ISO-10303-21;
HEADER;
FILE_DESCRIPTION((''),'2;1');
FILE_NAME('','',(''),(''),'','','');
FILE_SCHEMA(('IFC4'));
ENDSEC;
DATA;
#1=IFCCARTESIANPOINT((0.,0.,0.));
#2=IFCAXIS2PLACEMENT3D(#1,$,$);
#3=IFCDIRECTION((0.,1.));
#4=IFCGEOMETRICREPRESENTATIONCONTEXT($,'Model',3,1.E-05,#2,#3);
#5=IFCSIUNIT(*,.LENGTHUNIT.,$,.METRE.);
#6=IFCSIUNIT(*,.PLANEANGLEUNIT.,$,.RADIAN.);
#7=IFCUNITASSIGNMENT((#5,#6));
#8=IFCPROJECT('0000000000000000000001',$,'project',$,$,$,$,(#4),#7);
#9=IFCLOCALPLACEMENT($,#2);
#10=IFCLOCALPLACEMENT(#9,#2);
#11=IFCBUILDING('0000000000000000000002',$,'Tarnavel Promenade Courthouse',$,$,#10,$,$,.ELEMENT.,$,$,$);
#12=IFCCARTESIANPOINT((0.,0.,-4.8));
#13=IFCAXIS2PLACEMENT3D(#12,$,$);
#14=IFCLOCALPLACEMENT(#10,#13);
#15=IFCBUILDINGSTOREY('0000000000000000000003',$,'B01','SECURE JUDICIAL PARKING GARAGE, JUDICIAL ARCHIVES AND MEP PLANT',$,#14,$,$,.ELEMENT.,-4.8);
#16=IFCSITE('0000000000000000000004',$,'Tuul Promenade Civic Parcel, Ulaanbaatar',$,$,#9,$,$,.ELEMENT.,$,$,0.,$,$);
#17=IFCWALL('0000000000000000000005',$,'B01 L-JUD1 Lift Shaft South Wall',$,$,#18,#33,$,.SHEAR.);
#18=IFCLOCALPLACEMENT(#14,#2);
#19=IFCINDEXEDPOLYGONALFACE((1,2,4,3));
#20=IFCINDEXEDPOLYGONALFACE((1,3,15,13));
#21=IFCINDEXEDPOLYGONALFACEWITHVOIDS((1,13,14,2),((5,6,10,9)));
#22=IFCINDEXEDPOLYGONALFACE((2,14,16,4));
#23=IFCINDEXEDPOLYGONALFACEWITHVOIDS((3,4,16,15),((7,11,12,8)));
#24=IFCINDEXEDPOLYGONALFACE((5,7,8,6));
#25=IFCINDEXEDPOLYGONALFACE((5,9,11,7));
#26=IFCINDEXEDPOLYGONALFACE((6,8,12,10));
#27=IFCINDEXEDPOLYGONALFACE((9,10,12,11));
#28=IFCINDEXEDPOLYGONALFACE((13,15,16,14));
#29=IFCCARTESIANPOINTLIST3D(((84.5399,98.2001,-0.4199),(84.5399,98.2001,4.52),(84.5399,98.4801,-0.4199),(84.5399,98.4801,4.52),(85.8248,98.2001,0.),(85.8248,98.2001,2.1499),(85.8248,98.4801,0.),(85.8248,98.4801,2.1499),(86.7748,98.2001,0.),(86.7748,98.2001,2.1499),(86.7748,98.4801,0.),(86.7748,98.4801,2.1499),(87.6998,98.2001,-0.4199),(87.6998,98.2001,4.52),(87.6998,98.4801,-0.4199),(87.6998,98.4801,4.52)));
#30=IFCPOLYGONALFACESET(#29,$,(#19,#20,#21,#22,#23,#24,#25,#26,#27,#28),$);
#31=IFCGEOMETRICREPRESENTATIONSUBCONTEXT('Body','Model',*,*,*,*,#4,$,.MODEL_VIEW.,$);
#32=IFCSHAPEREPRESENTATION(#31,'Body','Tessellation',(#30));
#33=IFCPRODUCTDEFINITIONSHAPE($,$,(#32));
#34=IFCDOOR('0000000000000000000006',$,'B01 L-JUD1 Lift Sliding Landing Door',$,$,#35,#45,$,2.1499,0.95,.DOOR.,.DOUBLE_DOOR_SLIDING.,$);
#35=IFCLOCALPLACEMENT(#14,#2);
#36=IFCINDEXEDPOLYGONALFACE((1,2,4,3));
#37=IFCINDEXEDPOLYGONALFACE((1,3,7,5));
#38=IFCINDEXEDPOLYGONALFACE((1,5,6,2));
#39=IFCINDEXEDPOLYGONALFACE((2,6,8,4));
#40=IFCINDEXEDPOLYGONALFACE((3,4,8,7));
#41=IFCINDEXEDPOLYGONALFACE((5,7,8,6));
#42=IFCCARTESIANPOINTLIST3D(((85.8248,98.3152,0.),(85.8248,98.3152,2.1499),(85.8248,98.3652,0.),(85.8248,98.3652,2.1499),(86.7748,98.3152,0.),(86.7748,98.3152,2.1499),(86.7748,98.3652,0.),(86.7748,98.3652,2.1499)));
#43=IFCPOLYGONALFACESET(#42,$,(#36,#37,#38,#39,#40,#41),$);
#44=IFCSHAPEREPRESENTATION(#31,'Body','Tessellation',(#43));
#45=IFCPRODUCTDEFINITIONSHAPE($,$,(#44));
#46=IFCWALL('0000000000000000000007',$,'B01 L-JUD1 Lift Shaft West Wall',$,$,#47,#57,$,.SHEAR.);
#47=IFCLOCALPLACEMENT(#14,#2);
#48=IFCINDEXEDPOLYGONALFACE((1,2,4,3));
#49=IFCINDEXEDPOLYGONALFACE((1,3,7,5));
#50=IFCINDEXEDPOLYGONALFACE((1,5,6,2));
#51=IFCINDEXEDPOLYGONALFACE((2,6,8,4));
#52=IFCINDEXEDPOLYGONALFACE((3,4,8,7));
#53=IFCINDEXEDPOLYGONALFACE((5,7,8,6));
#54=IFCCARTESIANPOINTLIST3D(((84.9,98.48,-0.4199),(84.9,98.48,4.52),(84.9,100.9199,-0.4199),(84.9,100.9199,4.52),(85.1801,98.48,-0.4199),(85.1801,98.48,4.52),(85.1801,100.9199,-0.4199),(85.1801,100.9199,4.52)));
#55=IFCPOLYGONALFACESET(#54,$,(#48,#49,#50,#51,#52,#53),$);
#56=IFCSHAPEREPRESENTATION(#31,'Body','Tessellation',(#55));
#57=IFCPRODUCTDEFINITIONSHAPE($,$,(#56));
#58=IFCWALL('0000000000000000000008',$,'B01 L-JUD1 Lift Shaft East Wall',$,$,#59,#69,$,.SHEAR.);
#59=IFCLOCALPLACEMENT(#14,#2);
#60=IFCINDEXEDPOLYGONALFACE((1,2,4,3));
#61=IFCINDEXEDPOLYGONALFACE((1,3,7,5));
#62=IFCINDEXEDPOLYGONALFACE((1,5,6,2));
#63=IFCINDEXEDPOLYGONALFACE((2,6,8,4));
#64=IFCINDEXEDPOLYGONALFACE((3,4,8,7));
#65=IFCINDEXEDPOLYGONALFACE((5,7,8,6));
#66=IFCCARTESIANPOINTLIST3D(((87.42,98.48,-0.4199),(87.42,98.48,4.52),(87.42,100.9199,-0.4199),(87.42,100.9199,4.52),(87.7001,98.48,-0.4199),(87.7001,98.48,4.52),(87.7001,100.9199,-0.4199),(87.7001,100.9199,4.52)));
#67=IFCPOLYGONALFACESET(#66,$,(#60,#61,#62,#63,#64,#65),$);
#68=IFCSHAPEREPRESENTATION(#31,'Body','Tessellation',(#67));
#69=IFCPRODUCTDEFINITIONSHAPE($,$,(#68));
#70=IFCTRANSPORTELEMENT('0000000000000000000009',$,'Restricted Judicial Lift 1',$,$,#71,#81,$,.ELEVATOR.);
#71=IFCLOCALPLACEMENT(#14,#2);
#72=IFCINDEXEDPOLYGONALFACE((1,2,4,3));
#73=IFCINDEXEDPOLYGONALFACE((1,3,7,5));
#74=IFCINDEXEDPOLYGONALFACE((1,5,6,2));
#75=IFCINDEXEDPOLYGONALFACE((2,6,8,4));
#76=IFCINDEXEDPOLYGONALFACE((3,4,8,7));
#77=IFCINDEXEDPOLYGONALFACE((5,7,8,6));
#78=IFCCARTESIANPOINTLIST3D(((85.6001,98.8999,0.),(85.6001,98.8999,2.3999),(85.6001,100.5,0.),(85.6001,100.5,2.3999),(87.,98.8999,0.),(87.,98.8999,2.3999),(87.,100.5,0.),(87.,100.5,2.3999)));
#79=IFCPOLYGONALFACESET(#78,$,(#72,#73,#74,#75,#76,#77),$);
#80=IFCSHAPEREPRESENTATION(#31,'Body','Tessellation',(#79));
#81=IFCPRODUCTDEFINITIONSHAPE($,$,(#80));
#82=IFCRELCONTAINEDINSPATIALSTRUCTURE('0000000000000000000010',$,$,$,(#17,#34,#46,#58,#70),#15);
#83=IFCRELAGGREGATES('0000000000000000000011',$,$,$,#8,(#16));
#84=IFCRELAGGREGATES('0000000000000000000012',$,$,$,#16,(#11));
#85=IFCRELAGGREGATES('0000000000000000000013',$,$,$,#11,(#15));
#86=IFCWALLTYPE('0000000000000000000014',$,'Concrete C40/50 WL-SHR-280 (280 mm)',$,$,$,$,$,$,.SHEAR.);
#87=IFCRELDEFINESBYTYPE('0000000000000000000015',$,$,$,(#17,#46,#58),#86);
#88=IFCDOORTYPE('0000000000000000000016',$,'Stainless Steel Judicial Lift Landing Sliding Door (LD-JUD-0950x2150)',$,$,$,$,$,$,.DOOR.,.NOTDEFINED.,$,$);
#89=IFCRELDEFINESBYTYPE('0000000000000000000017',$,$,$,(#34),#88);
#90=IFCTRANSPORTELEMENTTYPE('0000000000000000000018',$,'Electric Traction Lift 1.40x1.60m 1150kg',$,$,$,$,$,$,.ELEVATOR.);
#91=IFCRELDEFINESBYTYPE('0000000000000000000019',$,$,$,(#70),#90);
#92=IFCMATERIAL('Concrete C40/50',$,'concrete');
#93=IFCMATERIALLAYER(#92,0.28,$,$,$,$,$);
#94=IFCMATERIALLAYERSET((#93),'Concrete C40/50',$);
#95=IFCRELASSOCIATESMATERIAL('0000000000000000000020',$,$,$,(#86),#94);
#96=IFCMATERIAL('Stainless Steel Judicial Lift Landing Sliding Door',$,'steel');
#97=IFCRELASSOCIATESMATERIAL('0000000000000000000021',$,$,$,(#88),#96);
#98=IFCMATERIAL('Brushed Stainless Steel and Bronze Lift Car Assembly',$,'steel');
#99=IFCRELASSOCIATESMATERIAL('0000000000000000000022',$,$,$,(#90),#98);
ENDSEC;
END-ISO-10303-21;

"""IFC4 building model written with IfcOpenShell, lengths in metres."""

from ifc_helpers import new_model, si_unit, direction, frame, frame_2d, origin, origin_2d, place, context, subcontext, project, spatial, rectangle, extrude, material, layer, layer_set, type_object, element, fill, save


model = new_model("IFC4")

# Units and contexts
model_context = context("Model", 3, precision=1e-05, world=origin(), true_north=direction((0.0, 1.0)))
body_context = subcontext(model_context, "Body", "Model", "MODEL_VIEW")
ifc_project = project(units=[si_unit("LENGTHUNIT", "METRE"), si_unit("PLANEANGLEUNIT", "RADIAN")], contexts=[model_context])

# Site, building, storey
site_placement = place(None, origin())
site = spatial("IfcSite", under=ifc_project, at=site_placement, Name="Tuul Promenade Civic Parcel, Ulaanbaatar", CompositionType="ELEMENT", RefElevation=0.0)
building_placement = place(site_placement, origin())
building = spatial("IfcBuilding", under=site, at=building_placement, Name="Tarnavel Promenade Courthouse", CompositionType="ELEMENT")
storey_placement = place(building_placement, frame((0.0, 0.0, -4.8)))
storey = spatial("IfcBuildingStorey", under=building, at=storey_placement, Name="B01", Description="SECURE JUDICIAL PARKING GARAGE, JUDICIAL ARCHIVES AND MEP PLANT", CompositionType="ELEMENT", Elevation=-4.8)

# Shared definitions
ifc_material_1 = material(Name="Concrete C40/50", Category="concrete")

# Wall, opening, door
ifc_layer = layer(ifc_material_1, 0.28)
ifc_layer_set = layer_set([ifc_layer], Name="Concrete C40/50")
wall_type = type_object("IfcWallType", Name="Concrete C40/50 WL-SHR-280 (280 mm)", PredefinedType="SHEAR", material=ifc_layer_set)
wall_placement = place(storey_placement, frame((87.7, 98.3401, -0.4199), z_axis=(0.0, 0.0, 1.0), x_axis=(-1.0, 0.0, 0.0)))
wall = element("IfcWall", 1, at=wall_placement, inside=storey, type_object=wall_type, Name="B01 L-JUD1 Lift Shaft South Wall", PredefinedType="SHEAR", context=body_context, shape_type="SweptSolid", body=[
    extrude(rectangle(XDim=3.1599, YDim=0.28, at=frame_2d((1.5801, 0.0))), origin(), (0.0, 0.0, 1.0), 4.9399),
])
opening_placement = place(wall_placement, frame((0.925, 0.0, 0.4199)))
opening = element("IfcOpeningElement", 2, at=opening_placement, cuts=wall, PredefinedType="OPENING", context=body_context, shape_type="SweptSolid", body=[
    extrude(rectangle(XDim=0.95, YDim=2.1499, at=frame_2d((0.4751, 1.075))), frame((0.0, 0.1499, 0.0), z_axis=(0.0, -1.0, 0.0), x_axis=(1.0, 0.0, 0.0)), (0.0, 0.0, 1.0), 0.3),
])
ifc_material_2 = material(Name="Stainless Steel Judicial Lift Landing Sliding Door", Category="steel")
door_type = type_object("IfcDoorType", Name="Stainless Steel Judicial Lift Landing Sliding Door (LD-JUD-0950x2150)", OperationType="NOTDEFINED", PredefinedType="DOOR", material=ifc_material_2)
door_placement = place(opening_placement, origin())
door = element("IfcDoor", 3, at=door_placement, inside=storey, type_object=door_type, Name="B01 L-JUD1 Lift Sliding Landing Door", OperationType="DOUBLE_DOOR_SLIDING", OverallHeight=2.1499, OverallWidth=0.95, PredefinedType="DOOR", context=body_context, shape_type="SweptSolid", body=[
    extrude(rectangle(XDim=0.95, YDim=2.1499, at=frame_2d((0.4751, 1.075))), frame((0.0, 0.0249, 0.0), z_axis=(0.0, -1.0, 0.0), x_axis=(1.0, 0.0, 0.0)), (0.0, 0.0, 1.0), 0.05),
])
fill(opening, door)

# Walls
for number, where, z_axis, x_axis, name in (
    (4, (85.04, 98.48, -0.4199), (0.0, 0.0, 1.0), (0.0, 1.0, 0.0), "B01 L-JUD1 Lift Shaft West Wall"),
    (5, (87.5601, 100.9199, -0.4199), (0.0, 0.0, 1.0), (0.0, -1.0, 0.0), "B01 L-JUD1 Lift Shaft East Wall"),
):
    element("IfcWall", number, at=place(storey_placement, frame(where, z_axis=z_axis, x_axis=x_axis)), inside=storey, type_object=wall_type, Name=name, PredefinedType="SHEAR", context=body_context, shape_type="SweptSolid", body=[
        extrude(rectangle(XDim=2.4399, YDim=0.28, at=frame_2d((1.22, 0.0))), origin(), (0.0, 0.0, 1.0), 4.9399),
    ])

# Transport element
ifc_material_3 = material(Name="Brushed Stainless Steel and Bronze Lift Car Assembly", Category="steel")
transport_element_type = type_object("IfcTransportElementType", Name="Electric Traction Lift 1.40x1.60m 1150kg", PredefinedType="ELEVATOR", material=ifc_material_3)
transport_element_placement = place(storey_placement, frame((86.3, 99.7, 0.0), z_axis=(0.0, 0.0, 1.0), x_axis=(1.0, 0.0, 0.0)))
element("IfcTransportElement", 6, at=transport_element_placement, inside=storey, type_object=transport_element_type, Name="Restricted Judicial Lift 1", PredefinedType="ELEVATOR", context=body_context, shape_type="SweptSolid", body=[
    extrude(rectangle(XDim=1.3999, YDim=1.6001, at=origin_2d()), origin(), (0.0, 0.0, 1.0), 2.3999),
])

save(model, "model.ifc")
